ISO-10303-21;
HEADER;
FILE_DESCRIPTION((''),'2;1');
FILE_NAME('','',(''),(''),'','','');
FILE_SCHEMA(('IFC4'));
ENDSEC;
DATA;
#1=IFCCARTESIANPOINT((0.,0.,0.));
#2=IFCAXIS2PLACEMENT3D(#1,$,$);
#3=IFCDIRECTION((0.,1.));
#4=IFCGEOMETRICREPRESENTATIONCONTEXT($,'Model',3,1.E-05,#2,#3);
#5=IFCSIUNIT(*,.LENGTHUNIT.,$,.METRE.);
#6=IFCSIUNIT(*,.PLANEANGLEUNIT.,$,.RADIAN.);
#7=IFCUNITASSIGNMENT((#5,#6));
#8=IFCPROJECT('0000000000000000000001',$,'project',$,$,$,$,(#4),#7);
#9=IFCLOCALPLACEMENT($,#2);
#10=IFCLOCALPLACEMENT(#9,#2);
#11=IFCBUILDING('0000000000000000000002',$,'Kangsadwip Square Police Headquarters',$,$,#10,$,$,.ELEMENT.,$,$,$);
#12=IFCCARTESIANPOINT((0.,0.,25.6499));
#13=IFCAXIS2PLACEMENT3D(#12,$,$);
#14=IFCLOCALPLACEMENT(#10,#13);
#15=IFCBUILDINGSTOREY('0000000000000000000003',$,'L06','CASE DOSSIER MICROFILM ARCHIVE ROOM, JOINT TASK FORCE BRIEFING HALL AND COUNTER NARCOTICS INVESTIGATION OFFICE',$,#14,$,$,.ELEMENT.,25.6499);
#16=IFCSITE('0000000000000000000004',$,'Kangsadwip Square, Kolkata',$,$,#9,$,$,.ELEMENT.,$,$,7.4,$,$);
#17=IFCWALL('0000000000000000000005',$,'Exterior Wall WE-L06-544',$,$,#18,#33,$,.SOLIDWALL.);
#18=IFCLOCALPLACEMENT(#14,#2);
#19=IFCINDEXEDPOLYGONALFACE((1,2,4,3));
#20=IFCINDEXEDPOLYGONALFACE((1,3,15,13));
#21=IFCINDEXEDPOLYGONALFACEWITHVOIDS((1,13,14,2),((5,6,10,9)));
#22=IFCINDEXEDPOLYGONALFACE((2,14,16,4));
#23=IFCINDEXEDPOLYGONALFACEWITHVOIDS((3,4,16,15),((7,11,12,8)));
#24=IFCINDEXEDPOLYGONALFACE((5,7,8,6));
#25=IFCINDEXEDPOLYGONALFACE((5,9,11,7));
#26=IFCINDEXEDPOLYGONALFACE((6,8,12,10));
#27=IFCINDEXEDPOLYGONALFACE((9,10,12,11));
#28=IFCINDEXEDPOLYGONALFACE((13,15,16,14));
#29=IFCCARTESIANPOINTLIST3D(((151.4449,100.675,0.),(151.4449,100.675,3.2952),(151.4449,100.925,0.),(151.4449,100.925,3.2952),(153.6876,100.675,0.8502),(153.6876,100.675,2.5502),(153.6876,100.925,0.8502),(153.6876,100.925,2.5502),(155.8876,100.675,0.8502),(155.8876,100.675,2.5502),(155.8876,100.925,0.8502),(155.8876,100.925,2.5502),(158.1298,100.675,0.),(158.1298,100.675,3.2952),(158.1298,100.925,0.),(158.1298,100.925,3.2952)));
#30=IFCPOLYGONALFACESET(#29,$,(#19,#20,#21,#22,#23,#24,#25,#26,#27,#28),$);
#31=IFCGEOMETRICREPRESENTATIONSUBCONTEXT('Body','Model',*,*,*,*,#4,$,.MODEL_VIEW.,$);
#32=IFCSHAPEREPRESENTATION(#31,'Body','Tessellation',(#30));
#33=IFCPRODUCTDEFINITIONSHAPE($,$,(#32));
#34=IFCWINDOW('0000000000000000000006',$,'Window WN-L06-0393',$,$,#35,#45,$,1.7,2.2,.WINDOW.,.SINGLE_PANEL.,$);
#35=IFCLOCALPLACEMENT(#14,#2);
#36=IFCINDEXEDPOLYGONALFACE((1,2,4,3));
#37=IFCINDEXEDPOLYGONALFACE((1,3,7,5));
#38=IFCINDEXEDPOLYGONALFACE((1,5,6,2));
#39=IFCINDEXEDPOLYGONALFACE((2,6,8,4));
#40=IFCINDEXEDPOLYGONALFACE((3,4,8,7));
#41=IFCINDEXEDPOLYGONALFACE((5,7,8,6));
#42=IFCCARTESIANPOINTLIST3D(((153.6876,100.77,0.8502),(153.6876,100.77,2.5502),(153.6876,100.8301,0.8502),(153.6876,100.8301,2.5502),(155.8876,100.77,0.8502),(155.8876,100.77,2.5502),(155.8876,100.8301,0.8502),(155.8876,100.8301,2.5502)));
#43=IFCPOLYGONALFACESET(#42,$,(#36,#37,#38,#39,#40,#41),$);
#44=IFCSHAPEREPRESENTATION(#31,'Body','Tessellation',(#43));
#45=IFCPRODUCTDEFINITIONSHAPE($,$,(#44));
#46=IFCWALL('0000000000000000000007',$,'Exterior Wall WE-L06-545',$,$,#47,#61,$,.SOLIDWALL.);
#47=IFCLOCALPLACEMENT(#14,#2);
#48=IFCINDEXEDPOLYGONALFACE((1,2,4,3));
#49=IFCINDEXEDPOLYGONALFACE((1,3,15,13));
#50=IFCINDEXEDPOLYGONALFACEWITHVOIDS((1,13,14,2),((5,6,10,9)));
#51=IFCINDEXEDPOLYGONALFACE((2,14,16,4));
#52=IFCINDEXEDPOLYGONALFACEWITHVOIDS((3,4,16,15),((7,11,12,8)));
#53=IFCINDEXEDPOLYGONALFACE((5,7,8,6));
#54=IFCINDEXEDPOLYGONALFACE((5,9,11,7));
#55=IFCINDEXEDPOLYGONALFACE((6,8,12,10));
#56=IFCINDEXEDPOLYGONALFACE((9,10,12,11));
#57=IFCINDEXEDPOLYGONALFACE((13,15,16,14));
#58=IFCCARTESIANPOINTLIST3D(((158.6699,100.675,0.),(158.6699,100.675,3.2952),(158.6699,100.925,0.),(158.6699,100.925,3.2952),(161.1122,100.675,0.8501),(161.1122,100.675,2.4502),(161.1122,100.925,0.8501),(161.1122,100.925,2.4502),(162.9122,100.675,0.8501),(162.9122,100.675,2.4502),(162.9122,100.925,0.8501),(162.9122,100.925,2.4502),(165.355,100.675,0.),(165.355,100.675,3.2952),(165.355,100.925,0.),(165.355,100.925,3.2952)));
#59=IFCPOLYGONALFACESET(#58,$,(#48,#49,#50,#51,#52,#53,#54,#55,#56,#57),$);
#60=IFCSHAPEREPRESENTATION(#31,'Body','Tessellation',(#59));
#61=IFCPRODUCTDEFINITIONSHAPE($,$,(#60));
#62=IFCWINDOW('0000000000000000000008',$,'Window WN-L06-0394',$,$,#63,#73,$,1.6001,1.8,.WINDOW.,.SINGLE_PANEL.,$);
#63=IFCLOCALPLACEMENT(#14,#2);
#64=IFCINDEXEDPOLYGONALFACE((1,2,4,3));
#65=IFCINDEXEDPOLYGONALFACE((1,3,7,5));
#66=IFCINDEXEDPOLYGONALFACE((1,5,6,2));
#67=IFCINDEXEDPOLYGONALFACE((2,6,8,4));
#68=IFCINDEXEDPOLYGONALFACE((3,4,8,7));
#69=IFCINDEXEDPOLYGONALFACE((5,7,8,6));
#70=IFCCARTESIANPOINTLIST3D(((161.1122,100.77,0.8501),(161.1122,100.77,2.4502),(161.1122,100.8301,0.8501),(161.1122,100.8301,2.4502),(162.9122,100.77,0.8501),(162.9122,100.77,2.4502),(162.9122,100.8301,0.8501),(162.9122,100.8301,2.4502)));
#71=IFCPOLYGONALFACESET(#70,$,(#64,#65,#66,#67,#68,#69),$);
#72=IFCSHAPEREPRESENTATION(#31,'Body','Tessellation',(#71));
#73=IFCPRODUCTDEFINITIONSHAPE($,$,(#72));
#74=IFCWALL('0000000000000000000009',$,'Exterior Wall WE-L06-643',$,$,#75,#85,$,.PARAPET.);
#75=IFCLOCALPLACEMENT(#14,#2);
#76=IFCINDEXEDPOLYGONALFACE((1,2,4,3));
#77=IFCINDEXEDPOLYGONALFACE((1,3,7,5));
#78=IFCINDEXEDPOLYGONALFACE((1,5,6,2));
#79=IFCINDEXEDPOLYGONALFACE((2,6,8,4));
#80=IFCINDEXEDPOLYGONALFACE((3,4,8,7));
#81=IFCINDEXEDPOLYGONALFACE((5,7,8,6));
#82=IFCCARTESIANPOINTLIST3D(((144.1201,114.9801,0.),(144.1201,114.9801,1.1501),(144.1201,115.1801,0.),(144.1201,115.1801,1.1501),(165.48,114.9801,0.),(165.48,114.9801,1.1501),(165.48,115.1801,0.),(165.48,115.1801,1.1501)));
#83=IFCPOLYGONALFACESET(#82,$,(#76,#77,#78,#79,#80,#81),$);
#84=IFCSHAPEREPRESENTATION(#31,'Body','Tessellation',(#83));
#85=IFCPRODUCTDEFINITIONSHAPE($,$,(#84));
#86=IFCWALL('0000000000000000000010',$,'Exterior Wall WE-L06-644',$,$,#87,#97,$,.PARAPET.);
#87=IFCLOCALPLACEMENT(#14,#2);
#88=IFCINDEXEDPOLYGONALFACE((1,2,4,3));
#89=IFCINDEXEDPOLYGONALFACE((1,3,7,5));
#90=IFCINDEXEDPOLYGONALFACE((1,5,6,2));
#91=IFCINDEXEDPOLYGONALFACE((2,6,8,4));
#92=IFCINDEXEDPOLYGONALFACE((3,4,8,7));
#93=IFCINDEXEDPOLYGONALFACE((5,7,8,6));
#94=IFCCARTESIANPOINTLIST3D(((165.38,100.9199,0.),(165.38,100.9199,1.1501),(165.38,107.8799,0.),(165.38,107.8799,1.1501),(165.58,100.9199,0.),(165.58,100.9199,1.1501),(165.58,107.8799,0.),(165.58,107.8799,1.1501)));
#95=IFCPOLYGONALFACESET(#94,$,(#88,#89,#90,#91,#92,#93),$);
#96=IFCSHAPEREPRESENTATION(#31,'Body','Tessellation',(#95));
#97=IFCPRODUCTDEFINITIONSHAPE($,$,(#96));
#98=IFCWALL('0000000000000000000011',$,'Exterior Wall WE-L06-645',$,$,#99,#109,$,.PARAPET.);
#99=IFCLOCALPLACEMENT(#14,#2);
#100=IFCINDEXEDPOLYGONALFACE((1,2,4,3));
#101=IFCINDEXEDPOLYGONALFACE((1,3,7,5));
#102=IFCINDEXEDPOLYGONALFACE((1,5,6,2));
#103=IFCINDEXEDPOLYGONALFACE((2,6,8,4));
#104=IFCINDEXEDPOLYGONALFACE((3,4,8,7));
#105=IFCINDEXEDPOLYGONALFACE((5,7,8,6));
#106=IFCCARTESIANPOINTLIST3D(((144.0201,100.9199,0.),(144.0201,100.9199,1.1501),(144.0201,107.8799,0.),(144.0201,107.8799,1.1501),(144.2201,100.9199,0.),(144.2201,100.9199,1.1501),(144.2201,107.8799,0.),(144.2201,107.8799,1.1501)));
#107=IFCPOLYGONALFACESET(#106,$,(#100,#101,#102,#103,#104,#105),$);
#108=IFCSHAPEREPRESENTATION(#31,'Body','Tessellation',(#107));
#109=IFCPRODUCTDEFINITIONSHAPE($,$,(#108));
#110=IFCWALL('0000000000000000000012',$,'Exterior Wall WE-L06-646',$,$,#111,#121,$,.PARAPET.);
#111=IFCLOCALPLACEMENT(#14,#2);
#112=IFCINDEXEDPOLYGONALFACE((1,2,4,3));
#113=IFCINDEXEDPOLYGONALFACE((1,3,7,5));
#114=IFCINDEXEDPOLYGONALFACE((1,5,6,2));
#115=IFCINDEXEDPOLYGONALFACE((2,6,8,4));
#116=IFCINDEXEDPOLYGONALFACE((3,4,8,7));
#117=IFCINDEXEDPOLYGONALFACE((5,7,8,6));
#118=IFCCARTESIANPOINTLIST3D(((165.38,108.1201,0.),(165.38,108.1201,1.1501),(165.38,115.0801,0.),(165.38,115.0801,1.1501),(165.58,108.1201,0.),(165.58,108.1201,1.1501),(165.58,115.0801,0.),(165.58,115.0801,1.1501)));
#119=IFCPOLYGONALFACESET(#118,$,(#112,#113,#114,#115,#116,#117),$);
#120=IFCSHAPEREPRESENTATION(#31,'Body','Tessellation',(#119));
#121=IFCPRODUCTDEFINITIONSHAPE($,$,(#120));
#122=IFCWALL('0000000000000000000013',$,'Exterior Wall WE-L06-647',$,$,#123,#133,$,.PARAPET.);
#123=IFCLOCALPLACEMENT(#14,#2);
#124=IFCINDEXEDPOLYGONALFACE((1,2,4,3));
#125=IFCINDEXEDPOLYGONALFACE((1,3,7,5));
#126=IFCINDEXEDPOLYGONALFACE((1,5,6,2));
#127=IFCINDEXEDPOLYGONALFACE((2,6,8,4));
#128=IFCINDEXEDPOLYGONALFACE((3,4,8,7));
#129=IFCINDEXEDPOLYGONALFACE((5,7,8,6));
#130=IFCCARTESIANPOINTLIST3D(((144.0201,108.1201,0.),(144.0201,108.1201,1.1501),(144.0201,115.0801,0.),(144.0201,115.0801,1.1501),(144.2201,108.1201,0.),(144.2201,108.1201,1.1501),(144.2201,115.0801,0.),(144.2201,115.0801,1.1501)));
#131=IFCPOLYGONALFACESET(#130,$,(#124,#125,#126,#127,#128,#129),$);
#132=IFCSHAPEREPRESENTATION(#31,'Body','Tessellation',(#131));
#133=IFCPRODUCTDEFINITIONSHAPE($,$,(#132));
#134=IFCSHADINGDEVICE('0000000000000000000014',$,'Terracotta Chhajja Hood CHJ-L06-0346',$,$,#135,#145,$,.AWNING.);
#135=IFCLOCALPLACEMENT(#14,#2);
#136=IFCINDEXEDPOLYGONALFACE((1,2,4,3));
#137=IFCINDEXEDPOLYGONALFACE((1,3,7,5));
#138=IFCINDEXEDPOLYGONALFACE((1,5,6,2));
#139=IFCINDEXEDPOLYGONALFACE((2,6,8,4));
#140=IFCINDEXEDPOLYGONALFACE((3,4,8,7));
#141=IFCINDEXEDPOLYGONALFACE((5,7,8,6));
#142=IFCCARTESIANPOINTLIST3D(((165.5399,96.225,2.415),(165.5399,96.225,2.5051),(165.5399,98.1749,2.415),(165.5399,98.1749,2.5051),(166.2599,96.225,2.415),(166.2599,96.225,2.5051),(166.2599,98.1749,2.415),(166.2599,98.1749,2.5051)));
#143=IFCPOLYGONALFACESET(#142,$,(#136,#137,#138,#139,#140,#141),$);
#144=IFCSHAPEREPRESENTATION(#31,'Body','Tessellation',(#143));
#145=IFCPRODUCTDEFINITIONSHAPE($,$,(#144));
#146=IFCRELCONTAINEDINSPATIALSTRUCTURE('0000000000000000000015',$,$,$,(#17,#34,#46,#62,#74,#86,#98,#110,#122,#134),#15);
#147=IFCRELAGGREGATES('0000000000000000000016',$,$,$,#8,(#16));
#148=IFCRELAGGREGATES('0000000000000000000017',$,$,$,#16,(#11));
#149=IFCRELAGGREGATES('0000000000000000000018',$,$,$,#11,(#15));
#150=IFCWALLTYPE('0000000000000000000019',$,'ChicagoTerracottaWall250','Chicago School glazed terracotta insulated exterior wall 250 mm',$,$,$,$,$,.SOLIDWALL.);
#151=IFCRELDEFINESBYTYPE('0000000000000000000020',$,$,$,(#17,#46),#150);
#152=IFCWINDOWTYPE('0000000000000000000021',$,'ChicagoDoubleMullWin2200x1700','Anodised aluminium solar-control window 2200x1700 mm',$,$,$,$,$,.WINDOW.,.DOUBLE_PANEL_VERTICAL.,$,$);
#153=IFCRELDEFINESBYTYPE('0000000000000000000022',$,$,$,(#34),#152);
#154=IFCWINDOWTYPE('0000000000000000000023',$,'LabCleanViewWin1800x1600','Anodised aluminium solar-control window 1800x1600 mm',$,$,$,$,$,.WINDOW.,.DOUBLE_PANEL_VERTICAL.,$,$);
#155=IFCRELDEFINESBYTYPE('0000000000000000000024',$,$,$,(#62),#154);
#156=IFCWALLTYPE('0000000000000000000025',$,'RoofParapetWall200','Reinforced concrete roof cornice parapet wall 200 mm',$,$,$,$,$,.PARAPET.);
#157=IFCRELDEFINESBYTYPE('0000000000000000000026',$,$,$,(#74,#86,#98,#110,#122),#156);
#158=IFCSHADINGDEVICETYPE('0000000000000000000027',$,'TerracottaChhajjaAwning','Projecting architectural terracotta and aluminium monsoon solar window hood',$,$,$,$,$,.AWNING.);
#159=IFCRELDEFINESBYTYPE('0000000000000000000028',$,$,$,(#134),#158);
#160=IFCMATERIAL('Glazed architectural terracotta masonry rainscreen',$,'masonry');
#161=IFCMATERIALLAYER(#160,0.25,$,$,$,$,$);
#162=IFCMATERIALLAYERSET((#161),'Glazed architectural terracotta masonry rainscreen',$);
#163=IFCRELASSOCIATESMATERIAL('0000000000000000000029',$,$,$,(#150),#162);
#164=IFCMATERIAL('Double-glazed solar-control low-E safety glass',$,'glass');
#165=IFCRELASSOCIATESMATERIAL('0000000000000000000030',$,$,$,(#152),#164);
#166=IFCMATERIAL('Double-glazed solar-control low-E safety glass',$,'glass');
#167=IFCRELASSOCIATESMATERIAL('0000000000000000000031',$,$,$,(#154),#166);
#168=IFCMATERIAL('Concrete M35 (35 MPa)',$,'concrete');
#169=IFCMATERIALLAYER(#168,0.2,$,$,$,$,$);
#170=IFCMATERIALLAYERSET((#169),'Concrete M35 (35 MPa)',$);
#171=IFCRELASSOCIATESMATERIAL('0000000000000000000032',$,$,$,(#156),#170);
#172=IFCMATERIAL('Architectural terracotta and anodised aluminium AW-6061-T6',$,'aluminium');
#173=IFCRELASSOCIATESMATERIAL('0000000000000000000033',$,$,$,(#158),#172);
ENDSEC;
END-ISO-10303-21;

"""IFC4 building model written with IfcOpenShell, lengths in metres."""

from ifc_helpers import new_model, si_unit, direction, frame, frame_2d, origin, origin_2d, place, context, subcontext, project, spatial, rectangle, extrude, material, layer, layer_set, type_object, element, fill, save


model = new_model("IFC4")

# Units and contexts
model_context = context("Model", 3, precision=1e-05, world=origin(), true_north=direction((0.0, 1.0)))
body_context = subcontext(model_context, "Body", "Model", "MODEL_VIEW")
ifc_project = project(units=[si_unit("LENGTHUNIT", "METRE"), si_unit("PLANEANGLEUNIT", "RADIAN")], contexts=[model_context])

# Site, building, storey
site_placement = place(None, origin())
site = spatial("IfcSite", under=ifc_project, at=site_placement, Name="Kangsadwip Square, Kolkata", CompositionType="ELEMENT", RefElevation=7.4)
building_placement = place(site_placement, origin())
building = spatial("IfcBuilding", under=site, at=building_placement, Name="Kangsadwip Square Police Headquarters", CompositionType="ELEMENT")
storey_placement = place(building_placement, frame((0.0, 0.0, 25.6499)))
storey = spatial("IfcBuildingStorey", under=building, at=storey_placement, Name="L06", Description="CASE DOSSIER MICROFILM ARCHIVE ROOM, JOINT TASK FORCE BRIEFING HALL AND COUNTER NARCOTICS INVESTIGATION OFFICE", CompositionType="ELEMENT", Elevation=25.6499)

# Walls, openings, windows
ifc_material_1 = material(Name="Glazed architectural terracotta masonry rainscreen", Category="masonry")
ifc_layer_1 = layer(ifc_material_1, 0.25)
ifc_layer_set_1 = layer_set([ifc_layer_1], Name="Glazed architectural terracotta masonry rainscreen")
wall_type_1 = type_object("IfcWallType", Name="ChicagoTerracottaWall250", Description="Chicago School glazed terracotta insulated exterior wall 250 mm", PredefinedType="SOLIDWALL", material=ifc_layer_set_1)
wall_1_placement = place(storey_placement, frame((151.4451, 100.8, 0.0), z_axis=(0.0, 0.0, 1.0), x_axis=(1.0, 0.0, 0.0)))
wall_1 = element("IfcWall", 1, at=wall_1_placement, inside=storey, type_object=wall_type_1, Name="Exterior Wall WE-L06-544", PredefinedType="SOLIDWALL", context=body_context, shape_type="SweptSolid", body=[
    extrude(rectangle(XDim=6.6848, YDim=0.25, at=frame_2d((3.3423, 0.0))), origin(), (0.0, 0.0, 1.0), 3.2952),
])
opening_1_placement = place(wall_1_placement, frame((2.2424, 0.0, 0.8501)))
opening_1 = element("IfcOpeningElement", 2, at=opening_1_placement, cuts=wall_1, PredefinedType="OPENING", context=body_context, shape_type="SweptSolid", body=[
    extrude(rectangle(XDim=2.2, YDim=1.7, at=frame_2d((1.1001, 0.8501))), frame((0.0, 0.135, 0.0), z_axis=(0.0, -1.0, 0.0), x_axis=(1.0, 0.0, 0.0)), (0.0, 0.0, 1.0), 0.27),
])
ifc_material_2 = material(Name="Double-glazed solar-control low-E safety glass", Category="glass")
window_type_1 = type_object("IfcWindowType", Name="ChicagoDoubleMullWin2200x1700", Description="Anodised aluminium solar-control window 2200x1700 mm", PartitioningType="DOUBLE_PANEL_VERTICAL", PredefinedType="WINDOW", material=ifc_material_2)
window_1_placement = place(opening_1_placement, origin())
window_1 = element("IfcWindow", 3, at=window_1_placement, inside=storey, type_object=window_type_1, Name="Window WN-L06-0393", OverallHeight=1.7, OverallWidth=2.2, PartitioningType="SINGLE_PANEL", PredefinedType="WINDOW", context=body_context, shape_type="SweptSolid", body=[
    extrude(rectangle(XDim=2.2, YDim=1.7, at=frame_2d((1.1001, 0.8501))), frame((0.0, 0.03, 0.0), z_axis=(0.0, -1.0, 0.0), x_axis=(1.0, 0.0, 0.0)), (0.0, 0.0, 1.0), 0.0601),
])
fill(opening_1, window_1)
wall_2_placement = place(storey_placement, frame((158.6699, 100.8, 0.0), z_axis=(0.0, 0.0, 1.0), x_axis=(1.0, 0.0, 0.0)))
wall_2 = element("IfcWall", 4, at=wall_2_placement, inside=storey, type_object=wall_type_1, Name="Exterior Wall WE-L06-545", PredefinedType="SOLIDWALL", context=body_context, shape_type="SweptSolid", body=[
    extrude(rectangle(XDim=6.6851, YDim=0.25, at=frame_2d((3.3425, 0.0))), origin(), (0.0, 0.0, 1.0), 3.2952),
])
opening_2_placement = place(wall_2_placement, frame((2.4424, 0.0, 0.8501)))
opening_2 = element("IfcOpeningElement", 5, at=opening_2_placement, cuts=wall_2, PredefinedType="OPENING", context=body_context, shape_type="SweptSolid", body=[
    extrude(rectangle(XDim=1.8, YDim=1.6001, at=frame_2d((0.8999, 0.8))), frame((0.0, 0.135, 0.0), z_axis=(0.0, -1.0, 0.0), x_axis=(1.0, 0.0, 0.0)), (0.0, 0.0, 1.0), 0.27),
])
ifc_material_3 = material(Name="Double-glazed solar-control low-E safety glass", Category="glass")
window_type_2 = type_object("IfcWindowType", Name="LabCleanViewWin1800x1600", Description="Anodised aluminium solar-control window 1800x1600 mm", PartitioningType="DOUBLE_PANEL_VERTICAL", PredefinedType="WINDOW", material=ifc_material_3)
window_2_placement = place(opening_2_placement, origin())
window_2 = element("IfcWindow", 6, at=window_2_placement, inside=storey, type_object=window_type_2, Name="Window WN-L06-0394", OverallHeight=1.6001, OverallWidth=1.8, PartitioningType="SINGLE_PANEL", PredefinedType="WINDOW", context=body_context, shape_type="SweptSolid", body=[
    extrude(rectangle(XDim=1.8, YDim=1.6001, at=frame_2d((0.8999, 0.8))), frame((0.0, 0.03, 0.0), z_axis=(0.0, -1.0, 0.0), x_axis=(1.0, 0.0, 0.0)), (0.0, 0.0, 1.0), 0.0601),
])
fill(opening_2, window_2)

# Walls
ifc_material_4 = material(Name="Concrete M35 (35 MPa)", Category="concrete")
ifc_layer_2 = layer(ifc_material_4, 0.2)
ifc_layer_set_2 = layer_set([ifc_layer_2], Name="Concrete M35 (35 MPa)")
wall_type_2 = type_object("IfcWallType", Name="RoofParapetWall200", Description="Reinforced concrete roof cornice parapet wall 200 mm", PredefinedType="PARAPET", material=ifc_layer_set_2)
wall_3_placement = place(storey_placement, frame((144.1201, 115.0801, 0.0), z_axis=(0.0, 0.0, 1.0), x_axis=(1.0, 0.0, 0.0)))
element("IfcWall", 7, at=wall_3_placement, inside=storey, type_object=wall_type_2, Name="Exterior Wall WE-L06-643", PredefinedType="PARAPET", context=body_context, shape_type="SweptSolid", body=[
    extrude(rectangle(XDim=21.3599, YDim=0.2, at=frame_2d((10.6799, 0.0))), origin(), (0.0, 0.0, 1.0), 1.1501),
])
for number, where, z_axis, x_axis, name in (
    (8, (165.48, 100.9199, 0.0), (0.0, 0.0, 1.0), (0.0, 1.0, 0.0), "Exterior Wall WE-L06-644"),
    (9, (144.1201, 100.9199, 0.0), (0.0, 0.0, 1.0), (0.0, 1.0, 0.0), "Exterior Wall WE-L06-645"),
    (10, (165.48, 108.1201, 0.0), (0.0, 0.0, 1.0), (0.0, 1.0, 0.0), "Exterior Wall WE-L06-646"),
    (11, (144.1201, 108.1201, 0.0), (0.0, 0.0, 1.0), (0.0, 1.0, 0.0), "Exterior Wall WE-L06-647"),
):
    element("IfcWall", number, at=place(storey_placement, frame(where, z_axis=z_axis, x_axis=x_axis)), inside=storey, type_object=wall_type_2, Name=name, PredefinedType="PARAPET", context=body_context, shape_type="SweptSolid", body=[
        extrude(rectangle(XDim=6.96, YDim=0.2, at=frame_2d((3.48, 0.0))), origin(), (0.0, 0.0, 1.0), 1.1501),
    ])

# Shading device
ifc_material_5 = material(Name="Architectural terracotta and anodised aluminium AW-6061-T6", Category="aluminium")
shading_device_type = type_object("IfcShadingDeviceType", Name="TerracottaChhajjaAwning", Description="Projecting architectural terracotta and aluminium monsoon solar window hood", PredefinedType="AWNING", material=ifc_material_5)
shading_device_placement = place(storey_placement, frame((165.8999, 97.2, 2.415), z_axis=(0.0, 0.0, 1.0), x_axis=(0.0, 1.0, 0.0)))
element("IfcShadingDevice", 12, at=shading_device_placement, inside=storey, type_object=shading_device_type, Name="Terracotta Chhajja Hood CHJ-L06-0346", PredefinedType="AWNING", context=body_context, shape_type="SweptSolid", body=[
    extrude(rectangle(XDim=1.95, YDim=0.72, at=origin_2d()), origin(), (0.0, 0.0, 1.0), 0.0901),
])

save(model, "model.ifc")
